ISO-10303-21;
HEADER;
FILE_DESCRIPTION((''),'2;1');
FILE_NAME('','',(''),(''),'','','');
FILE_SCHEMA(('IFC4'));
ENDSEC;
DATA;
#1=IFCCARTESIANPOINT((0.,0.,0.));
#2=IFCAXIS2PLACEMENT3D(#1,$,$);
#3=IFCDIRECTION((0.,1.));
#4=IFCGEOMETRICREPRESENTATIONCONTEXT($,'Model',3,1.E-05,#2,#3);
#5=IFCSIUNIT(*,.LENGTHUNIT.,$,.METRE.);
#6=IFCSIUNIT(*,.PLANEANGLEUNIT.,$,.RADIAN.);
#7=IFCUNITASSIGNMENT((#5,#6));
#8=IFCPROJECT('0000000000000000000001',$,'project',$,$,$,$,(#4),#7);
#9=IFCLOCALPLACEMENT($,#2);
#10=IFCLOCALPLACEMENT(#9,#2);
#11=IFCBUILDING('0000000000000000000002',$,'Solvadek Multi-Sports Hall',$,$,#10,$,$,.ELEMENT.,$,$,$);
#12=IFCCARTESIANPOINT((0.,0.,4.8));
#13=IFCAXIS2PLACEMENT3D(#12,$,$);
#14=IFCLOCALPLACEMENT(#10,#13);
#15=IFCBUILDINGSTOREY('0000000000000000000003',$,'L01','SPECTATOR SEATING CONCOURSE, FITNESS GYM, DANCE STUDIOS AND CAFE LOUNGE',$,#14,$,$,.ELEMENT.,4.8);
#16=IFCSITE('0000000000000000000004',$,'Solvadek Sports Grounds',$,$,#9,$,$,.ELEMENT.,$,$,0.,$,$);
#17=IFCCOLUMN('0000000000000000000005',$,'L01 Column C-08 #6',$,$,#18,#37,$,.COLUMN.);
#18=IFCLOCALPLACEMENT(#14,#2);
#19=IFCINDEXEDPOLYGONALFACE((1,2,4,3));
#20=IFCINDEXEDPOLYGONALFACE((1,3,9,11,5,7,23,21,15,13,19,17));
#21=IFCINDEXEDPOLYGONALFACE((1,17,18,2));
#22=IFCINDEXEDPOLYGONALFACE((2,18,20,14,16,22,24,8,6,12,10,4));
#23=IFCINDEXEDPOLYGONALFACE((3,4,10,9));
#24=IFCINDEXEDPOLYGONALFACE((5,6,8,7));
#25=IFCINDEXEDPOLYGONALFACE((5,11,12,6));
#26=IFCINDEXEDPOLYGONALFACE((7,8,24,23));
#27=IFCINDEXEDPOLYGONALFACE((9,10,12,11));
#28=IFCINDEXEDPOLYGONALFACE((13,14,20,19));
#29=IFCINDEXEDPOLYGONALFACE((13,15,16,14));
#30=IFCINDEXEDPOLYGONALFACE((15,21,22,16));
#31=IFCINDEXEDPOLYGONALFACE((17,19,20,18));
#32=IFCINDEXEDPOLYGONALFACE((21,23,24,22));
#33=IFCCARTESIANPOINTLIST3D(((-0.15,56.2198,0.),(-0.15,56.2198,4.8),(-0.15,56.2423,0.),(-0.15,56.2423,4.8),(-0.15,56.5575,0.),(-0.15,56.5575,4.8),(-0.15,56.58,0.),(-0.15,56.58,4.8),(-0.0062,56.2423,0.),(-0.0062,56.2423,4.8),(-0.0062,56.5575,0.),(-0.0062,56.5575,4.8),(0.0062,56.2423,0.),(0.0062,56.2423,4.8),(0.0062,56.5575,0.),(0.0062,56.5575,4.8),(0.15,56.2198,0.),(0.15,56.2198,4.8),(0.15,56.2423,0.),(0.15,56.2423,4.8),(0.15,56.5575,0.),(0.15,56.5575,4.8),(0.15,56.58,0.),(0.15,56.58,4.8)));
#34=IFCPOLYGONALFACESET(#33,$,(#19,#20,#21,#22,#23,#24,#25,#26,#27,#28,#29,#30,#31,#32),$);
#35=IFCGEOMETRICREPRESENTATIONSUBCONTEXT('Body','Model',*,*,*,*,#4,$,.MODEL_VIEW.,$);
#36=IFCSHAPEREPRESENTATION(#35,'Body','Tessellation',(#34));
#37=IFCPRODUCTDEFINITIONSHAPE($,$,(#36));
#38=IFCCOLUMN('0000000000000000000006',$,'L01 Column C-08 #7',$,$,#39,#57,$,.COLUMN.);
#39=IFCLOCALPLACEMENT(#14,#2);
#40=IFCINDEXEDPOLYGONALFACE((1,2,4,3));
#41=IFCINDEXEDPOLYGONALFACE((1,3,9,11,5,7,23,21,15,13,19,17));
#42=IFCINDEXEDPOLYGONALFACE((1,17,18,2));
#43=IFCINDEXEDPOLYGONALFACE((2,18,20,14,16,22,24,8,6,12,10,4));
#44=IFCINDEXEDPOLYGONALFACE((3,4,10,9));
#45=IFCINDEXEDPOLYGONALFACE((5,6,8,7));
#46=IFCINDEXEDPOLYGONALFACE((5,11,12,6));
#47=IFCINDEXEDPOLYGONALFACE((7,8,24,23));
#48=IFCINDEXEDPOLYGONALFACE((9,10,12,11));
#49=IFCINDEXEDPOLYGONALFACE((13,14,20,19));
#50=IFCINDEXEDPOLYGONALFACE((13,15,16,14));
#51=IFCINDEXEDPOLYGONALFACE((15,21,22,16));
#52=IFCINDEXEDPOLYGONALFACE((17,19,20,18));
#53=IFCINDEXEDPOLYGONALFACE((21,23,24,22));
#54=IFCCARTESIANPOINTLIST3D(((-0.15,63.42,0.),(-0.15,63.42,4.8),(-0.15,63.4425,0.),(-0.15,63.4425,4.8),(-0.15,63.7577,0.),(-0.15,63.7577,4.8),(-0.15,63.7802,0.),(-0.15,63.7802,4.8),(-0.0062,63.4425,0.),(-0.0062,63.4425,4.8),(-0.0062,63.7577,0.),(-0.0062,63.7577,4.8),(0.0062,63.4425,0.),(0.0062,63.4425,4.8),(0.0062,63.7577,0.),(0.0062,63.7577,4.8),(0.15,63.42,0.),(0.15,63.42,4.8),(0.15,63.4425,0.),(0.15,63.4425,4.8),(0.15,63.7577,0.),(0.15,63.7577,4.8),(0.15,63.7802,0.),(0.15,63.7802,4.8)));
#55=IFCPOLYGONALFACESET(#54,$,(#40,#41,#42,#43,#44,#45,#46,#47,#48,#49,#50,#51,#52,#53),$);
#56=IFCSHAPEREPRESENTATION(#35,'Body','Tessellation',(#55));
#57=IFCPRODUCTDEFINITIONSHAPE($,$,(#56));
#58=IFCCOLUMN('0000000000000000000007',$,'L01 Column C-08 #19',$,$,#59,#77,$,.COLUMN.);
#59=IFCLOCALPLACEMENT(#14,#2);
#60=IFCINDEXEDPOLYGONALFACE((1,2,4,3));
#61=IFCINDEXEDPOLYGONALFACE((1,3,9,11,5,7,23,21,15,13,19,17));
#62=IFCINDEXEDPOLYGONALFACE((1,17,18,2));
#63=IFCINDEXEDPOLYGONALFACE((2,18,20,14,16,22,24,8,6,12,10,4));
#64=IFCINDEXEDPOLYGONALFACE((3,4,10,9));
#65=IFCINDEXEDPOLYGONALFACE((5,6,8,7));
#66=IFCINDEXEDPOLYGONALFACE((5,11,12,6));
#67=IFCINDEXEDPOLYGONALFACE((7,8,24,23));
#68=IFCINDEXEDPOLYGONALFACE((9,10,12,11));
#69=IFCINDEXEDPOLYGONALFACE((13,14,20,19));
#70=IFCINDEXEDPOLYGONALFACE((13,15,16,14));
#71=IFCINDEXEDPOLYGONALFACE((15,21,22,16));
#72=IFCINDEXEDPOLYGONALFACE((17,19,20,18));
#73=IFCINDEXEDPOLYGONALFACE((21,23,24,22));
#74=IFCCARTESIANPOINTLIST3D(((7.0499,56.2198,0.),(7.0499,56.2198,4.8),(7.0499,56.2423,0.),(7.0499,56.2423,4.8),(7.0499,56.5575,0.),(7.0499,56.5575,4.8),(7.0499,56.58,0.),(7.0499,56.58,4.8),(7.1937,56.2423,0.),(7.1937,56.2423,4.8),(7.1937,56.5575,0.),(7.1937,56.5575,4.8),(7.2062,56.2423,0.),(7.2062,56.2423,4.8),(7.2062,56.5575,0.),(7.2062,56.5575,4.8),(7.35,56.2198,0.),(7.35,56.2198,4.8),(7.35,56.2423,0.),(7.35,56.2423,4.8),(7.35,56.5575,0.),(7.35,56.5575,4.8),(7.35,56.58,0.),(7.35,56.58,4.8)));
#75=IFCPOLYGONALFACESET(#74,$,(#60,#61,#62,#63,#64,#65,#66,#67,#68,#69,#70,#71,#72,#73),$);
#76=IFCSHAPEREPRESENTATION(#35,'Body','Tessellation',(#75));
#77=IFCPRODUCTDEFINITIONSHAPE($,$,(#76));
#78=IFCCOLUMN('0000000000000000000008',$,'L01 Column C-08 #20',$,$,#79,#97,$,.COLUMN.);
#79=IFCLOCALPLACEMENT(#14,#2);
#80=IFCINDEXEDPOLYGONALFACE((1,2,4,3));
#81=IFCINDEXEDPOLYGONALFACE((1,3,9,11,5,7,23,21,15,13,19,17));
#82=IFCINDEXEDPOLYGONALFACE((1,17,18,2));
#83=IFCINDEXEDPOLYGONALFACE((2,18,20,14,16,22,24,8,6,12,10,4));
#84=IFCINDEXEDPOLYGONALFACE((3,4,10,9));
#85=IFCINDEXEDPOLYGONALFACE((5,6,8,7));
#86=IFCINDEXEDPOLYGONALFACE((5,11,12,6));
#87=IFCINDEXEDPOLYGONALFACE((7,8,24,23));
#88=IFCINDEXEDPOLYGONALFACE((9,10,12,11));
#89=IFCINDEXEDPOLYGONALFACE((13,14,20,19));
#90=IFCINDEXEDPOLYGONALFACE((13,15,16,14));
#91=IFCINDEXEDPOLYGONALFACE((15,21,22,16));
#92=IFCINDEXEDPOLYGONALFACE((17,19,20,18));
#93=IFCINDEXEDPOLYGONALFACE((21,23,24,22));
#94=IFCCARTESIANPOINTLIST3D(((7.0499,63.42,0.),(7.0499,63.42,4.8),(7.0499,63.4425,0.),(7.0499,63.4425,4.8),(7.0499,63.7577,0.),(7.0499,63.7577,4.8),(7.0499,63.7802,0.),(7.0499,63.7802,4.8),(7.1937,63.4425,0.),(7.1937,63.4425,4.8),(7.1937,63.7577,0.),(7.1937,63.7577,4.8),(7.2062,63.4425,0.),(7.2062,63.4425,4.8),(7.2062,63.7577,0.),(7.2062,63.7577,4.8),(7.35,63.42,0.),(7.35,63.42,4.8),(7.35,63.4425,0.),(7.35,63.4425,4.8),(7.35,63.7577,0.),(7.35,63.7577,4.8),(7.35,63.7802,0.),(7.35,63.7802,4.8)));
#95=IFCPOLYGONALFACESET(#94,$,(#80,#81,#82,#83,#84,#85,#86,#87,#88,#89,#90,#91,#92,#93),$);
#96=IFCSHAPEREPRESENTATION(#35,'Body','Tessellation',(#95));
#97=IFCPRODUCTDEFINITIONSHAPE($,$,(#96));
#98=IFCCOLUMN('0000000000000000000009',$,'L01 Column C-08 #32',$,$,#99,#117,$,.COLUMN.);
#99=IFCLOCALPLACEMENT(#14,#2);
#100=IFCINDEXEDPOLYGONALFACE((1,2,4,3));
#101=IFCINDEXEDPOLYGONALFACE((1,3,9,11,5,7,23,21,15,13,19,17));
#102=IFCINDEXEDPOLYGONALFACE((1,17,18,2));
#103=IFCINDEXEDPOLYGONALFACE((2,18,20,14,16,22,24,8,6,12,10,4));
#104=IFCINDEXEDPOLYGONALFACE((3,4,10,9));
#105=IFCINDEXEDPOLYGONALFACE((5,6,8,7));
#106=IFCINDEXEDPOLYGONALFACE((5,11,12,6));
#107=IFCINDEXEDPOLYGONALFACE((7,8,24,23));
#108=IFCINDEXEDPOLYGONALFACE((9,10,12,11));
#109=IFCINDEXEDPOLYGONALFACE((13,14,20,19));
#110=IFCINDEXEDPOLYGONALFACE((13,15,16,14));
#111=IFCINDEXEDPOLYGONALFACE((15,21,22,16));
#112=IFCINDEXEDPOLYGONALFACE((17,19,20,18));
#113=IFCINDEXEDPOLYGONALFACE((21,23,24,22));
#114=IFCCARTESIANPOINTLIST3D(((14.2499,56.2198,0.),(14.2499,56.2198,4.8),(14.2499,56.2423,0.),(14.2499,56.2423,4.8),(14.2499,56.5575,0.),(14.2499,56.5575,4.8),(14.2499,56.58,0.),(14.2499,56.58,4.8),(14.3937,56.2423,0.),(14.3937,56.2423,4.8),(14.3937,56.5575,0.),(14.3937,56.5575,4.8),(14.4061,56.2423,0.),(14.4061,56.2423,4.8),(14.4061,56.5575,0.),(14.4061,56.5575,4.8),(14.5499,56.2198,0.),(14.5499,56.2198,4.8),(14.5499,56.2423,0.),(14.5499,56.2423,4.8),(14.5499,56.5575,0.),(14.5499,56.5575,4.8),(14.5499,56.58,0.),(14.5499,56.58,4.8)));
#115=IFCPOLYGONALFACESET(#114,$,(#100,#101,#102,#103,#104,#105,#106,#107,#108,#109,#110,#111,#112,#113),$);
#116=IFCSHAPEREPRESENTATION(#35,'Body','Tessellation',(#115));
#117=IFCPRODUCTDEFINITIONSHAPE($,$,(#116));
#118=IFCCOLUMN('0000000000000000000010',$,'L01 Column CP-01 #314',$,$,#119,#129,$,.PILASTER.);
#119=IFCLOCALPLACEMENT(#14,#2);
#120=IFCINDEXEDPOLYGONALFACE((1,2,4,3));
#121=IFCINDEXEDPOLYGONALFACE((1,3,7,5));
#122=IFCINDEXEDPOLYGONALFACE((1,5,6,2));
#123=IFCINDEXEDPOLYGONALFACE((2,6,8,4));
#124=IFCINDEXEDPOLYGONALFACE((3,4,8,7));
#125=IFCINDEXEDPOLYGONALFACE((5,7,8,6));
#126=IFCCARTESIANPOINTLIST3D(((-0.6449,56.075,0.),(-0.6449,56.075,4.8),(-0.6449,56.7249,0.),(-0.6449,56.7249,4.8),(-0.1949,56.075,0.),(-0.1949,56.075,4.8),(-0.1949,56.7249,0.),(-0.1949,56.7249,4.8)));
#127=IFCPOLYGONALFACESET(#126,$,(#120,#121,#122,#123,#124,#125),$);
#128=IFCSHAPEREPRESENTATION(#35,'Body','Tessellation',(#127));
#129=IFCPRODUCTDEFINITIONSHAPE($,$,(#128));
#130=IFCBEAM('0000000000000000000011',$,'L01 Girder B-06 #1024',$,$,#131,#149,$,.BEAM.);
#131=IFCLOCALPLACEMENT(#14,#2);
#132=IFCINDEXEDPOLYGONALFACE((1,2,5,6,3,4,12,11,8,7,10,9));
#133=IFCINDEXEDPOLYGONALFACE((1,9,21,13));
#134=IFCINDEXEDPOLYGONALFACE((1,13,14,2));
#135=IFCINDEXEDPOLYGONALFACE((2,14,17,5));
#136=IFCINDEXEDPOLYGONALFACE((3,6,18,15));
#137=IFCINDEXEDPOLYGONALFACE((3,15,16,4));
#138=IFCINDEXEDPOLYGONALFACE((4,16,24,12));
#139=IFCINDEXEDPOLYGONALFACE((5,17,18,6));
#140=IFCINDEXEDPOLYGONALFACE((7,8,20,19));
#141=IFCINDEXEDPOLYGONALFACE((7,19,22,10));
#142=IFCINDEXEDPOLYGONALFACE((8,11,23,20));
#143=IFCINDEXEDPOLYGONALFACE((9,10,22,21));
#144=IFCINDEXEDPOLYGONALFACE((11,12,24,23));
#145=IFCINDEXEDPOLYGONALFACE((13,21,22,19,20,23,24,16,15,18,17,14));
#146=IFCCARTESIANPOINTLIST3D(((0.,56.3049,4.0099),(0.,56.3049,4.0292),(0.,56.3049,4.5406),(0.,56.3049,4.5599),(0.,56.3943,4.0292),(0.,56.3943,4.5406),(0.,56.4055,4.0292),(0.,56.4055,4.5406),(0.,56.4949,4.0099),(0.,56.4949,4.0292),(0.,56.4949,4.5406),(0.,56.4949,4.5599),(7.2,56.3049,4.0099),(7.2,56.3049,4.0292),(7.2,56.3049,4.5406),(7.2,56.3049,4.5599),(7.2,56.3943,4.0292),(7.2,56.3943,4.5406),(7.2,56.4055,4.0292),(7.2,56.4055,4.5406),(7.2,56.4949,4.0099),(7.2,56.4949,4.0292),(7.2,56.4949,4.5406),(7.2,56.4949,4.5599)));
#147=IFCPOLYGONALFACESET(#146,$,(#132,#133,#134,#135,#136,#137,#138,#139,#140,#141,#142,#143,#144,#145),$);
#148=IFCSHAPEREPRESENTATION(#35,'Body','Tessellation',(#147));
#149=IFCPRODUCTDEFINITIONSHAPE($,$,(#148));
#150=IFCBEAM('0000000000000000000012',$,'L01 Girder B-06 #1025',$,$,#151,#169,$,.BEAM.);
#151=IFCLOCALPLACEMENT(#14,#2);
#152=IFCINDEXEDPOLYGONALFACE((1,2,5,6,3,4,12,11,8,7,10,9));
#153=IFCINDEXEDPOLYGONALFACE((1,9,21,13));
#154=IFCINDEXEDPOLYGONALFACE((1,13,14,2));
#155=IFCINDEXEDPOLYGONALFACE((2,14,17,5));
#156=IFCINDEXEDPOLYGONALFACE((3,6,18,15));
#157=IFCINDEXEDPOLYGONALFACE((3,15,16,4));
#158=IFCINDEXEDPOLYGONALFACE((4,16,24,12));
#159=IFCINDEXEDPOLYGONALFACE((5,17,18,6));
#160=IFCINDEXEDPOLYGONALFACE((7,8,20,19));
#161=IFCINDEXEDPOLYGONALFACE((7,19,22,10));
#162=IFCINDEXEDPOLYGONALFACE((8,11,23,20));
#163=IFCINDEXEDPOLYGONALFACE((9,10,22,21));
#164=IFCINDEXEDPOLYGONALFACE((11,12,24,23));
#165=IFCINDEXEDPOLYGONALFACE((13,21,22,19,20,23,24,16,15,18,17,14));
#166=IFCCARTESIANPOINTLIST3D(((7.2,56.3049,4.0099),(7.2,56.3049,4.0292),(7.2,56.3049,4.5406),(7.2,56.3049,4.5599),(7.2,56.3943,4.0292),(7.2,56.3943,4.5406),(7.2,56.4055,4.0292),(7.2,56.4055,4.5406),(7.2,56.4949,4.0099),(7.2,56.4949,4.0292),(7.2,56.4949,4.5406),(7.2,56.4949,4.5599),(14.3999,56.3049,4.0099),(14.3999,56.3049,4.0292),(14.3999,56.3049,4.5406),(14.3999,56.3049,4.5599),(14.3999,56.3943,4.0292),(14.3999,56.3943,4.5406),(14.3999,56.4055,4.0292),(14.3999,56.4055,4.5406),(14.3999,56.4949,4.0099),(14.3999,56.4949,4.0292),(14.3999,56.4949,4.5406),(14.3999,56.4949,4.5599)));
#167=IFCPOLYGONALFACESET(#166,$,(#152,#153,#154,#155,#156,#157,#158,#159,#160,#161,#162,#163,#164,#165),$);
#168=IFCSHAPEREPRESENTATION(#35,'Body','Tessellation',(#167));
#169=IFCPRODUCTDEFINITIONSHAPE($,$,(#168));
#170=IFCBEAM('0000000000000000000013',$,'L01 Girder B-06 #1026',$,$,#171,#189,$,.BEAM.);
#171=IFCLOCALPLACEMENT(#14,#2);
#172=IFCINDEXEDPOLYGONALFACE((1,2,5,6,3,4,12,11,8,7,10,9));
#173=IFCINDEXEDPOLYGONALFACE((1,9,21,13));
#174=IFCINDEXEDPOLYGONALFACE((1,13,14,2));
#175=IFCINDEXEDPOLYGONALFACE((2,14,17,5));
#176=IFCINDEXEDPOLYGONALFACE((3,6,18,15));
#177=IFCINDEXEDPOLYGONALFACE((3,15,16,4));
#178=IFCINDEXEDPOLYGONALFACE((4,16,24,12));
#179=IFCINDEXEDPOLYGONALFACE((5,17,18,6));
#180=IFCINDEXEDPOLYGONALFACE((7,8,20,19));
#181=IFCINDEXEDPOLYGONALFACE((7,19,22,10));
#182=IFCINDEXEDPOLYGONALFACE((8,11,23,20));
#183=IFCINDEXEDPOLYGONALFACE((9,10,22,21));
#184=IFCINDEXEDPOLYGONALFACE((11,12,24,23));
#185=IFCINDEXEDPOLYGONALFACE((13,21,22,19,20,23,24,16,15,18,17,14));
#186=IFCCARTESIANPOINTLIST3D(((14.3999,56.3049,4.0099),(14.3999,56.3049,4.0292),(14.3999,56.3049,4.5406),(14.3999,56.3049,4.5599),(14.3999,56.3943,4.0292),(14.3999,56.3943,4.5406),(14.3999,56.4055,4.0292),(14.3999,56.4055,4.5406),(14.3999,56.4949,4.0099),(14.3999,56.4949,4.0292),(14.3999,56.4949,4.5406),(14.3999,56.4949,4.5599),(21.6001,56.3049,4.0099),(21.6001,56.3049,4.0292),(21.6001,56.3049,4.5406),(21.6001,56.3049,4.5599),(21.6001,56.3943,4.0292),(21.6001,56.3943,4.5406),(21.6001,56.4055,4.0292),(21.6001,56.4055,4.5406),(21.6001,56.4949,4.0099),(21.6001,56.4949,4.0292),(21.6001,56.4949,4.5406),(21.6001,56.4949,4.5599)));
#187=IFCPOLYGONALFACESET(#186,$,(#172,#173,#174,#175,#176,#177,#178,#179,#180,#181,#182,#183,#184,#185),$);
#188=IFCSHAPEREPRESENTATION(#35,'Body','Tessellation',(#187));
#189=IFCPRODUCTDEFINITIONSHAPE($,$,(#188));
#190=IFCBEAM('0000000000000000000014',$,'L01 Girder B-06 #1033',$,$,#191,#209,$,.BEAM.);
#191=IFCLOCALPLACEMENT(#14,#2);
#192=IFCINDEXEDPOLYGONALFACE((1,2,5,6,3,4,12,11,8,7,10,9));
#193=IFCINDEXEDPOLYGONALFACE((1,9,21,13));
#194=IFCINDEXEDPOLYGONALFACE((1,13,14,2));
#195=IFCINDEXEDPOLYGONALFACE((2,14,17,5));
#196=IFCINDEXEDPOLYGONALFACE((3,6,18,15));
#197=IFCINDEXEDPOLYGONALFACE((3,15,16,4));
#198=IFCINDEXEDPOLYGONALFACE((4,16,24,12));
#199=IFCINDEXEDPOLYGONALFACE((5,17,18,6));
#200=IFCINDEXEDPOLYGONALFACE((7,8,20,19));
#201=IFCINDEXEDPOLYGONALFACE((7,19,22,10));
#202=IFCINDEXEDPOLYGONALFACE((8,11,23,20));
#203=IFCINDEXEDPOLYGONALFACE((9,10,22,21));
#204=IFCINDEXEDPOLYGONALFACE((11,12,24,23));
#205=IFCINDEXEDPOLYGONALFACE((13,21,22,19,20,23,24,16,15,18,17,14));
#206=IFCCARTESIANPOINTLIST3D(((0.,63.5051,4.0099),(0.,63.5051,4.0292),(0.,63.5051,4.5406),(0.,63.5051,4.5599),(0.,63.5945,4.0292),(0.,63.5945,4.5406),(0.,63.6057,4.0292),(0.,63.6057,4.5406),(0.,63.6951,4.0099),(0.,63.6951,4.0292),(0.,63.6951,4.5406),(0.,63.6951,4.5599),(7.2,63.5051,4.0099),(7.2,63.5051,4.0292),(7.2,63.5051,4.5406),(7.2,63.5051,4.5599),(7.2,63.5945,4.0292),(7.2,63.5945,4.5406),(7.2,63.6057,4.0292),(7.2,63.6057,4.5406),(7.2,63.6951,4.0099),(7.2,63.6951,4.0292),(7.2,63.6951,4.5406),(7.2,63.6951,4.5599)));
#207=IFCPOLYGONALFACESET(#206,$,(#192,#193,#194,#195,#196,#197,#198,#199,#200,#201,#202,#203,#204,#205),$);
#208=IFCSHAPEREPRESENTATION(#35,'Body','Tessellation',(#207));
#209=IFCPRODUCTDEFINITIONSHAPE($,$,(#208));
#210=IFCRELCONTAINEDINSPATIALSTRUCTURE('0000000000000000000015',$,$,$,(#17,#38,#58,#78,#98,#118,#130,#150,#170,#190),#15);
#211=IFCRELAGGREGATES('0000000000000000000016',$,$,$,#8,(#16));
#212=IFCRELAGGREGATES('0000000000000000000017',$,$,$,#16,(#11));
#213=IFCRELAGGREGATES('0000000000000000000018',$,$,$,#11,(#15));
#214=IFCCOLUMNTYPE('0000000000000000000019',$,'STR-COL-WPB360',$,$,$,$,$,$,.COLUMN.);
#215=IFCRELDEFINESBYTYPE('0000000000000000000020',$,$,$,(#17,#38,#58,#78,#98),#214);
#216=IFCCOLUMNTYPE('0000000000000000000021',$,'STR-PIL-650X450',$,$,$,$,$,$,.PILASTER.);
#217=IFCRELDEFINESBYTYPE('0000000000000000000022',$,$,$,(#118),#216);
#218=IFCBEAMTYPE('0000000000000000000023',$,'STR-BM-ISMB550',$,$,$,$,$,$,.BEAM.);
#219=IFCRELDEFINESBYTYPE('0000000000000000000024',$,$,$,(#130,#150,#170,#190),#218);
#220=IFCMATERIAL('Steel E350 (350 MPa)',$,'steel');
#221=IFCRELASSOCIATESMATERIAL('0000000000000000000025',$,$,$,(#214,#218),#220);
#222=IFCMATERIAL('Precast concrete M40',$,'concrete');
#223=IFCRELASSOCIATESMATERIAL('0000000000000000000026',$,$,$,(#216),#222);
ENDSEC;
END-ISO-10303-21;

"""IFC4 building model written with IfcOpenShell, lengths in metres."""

from ifc_helpers import new_model, si_unit, direction, frame, origin, origin_2d, place, context, subcontext, project, spatial, rectangle, i_section, extrude, material, material_profile, profile_set, type_object, element, save


model = new_model("IFC4")

# Units and contexts
model_context = context("Model", 3, precision=1e-05, world=origin(), true_north=direction((0.0, 1.0)))
body_context = subcontext(model_context, "Body", "Model", "MODEL_VIEW")
ifc_project = project(units=[si_unit("LENGTHUNIT", "METRE"), si_unit("PLANEANGLEUNIT", "RADIAN")], contexts=[model_context])

# Site, building, storey
site_placement = place(None, origin())
site = spatial("IfcSite", under=ifc_project, at=site_placement, Name="Solvadek Sports Grounds", CompositionType="ELEMENT", RefElevation=0.0)
building_placement = place(site_placement, origin())
building = spatial("IfcBuilding", under=site, at=building_placement, Name="Solvadek Multi-Sports Hall", CompositionType="ELEMENT")
storey_placement = place(building_placement, frame((0.0, 0.0, 4.8)))
storey = spatial("IfcBuildingStorey", under=building, at=storey_placement, Name="L01", Description="SPECTATOR SEATING CONCOURSE, FITNESS GYM, DANCE STUDIOS AND CAFE LOUNGE", CompositionType="ELEMENT", Elevation=4.8)

# Columns
ifc_material_1 = material(Name="Steel E350 (350 MPa)", Category="steel")
ifc_material_profile_1 = material_profile(ifc_material_1, i_section(OverallWidth=0.3, OverallDepth=0.3601, WebThickness=0.0125, FlangeThickness=0.0225, at=origin_2d()), Name="WPB 360")
ifc_profile_set_1 = profile_set([ifc_material_profile_1], Name="Steel E350 (350 MPa)")
column_type_1 = type_object("IfcColumnType", Name="STR-COL-WPB360", PredefinedType="COLUMN", material=ifc_profile_set_1)
for number, where, z_axis, x_axis, name in (
    (1, (0.0, 56.3999, 0.0), (0.0, 0.0, 1.0), (1.0, 0.0, 0.0), "L01 Column C-08 #6"),
    (2, (0.0, 63.6001, 0.0), (0.0, 0.0, 1.0), (1.0, 0.0, 0.0), "L01 Column C-08 #7"),
    (3, (7.2, 56.3999, 0.0), (0.0, 0.0, 1.0), (1.0, 0.0, 0.0), "L01 Column C-08 #19"),
    (4, (7.2, 63.6001, 0.0), (0.0, 0.0, 1.0), (1.0, 0.0, 0.0), "L01 Column C-08 #20"),
    (5, (14.3999, 56.3999, 0.0), (0.0, 0.0, 1.0), (1.0, 0.0, 0.0), "L01 Column C-08 #32"),
):
    element("IfcColumn", number, at=place(storey_placement, frame(where, z_axis=z_axis, x_axis=x_axis)), inside=storey, type_object=column_type_1, Name=name, PredefinedType="COLUMN", context=body_context, shape_type="SweptSolid", body=[
        extrude(i_section(OverallWidth=0.3, OverallDepth=0.3601, WebThickness=0.0125, FlangeThickness=0.0225, at=origin_2d()), origin(), (0.0, 0.0, 1.0), 4.8),
    ])
ifc_material_2 = material(Name="Precast concrete M40", Category="concrete")
ifc_material_profile_2 = material_profile(ifc_material_2, rectangle(XDim=0.45, YDim=0.6499, at=origin_2d()), Name="RC PILASTER 650x450")
ifc_profile_set_2 = profile_set([ifc_material_profile_2], Name="Precast concrete M40")
column_type_2 = type_object("IfcColumnType", Name="STR-PIL-650X450", PredefinedType="PILASTER", material=ifc_profile_set_2)
column_placement = place(storey_placement, frame((-0.4199, 56.3999, 0.0), z_axis=(0.0, 0.0, 1.0), x_axis=(1.0, 0.0, 0.0)))
element("IfcColumn", 6, at=column_placement, inside=storey, type_object=column_type_2, Name="L01 Column CP-01 #314", PredefinedType="PILASTER", context=body_context, shape_type="SweptSolid", body=[
    extrude(rectangle(XDim=0.45, YDim=0.6499, at=origin_2d()), origin(), (0.0, 0.0, 1.0), 4.8),
])

# Beams
ifc_material_profile_3 = material_profile(ifc_material_1, i_section(OverallWidth=0.1899, OverallDepth=0.55, WebThickness=0.0112, FlangeThickness=0.0193, at=origin_2d()), Name="ISMB 550")
ifc_profile_set_3 = profile_set([ifc_material_profile_3], Name="Steel E350 (350 MPa)")
beam_type_1 = type_object("IfcBeamType", Name="STR-BM-ISMB550", PredefinedType="BEAM", material=ifc_profile_set_3)
for number, where, z_axis, x_axis, name in (
    (7, (0.0, 56.3999, 4.2849), (1.0, 0.0, 0.0), (0.0, 1.0, 0.0), "L01 Girder B-06 #1024"),
    (8, (7.2, 56.3999, 4.2849), (1.0, 0.0, 0.0), (0.0, 1.0, 0.0), "L01 Girder B-06 #1025"),
):
    element("IfcBeam", number, at=place(storey_placement, frame(where, z_axis=z_axis, x_axis=x_axis)), inside=storey, type_object=beam_type_1, Name=name, PredefinedType="BEAM", context=body_context, shape_type="SweptSolid", body=[
        extrude(i_section(OverallWidth=0.1899, OverallDepth=0.55, WebThickness=0.0112, FlangeThickness=0.0193, at=origin_2d()), origin(), (0.0, 0.0, 1.0), 7.2),
    ])
beam_1_placement = place(storey_placement, frame((14.3999, 56.3999, 4.2849), z_axis=(1.0, 0.0, 0.0), x_axis=(0.0, 1.0, 0.0)))
element("IfcBeam", 9, at=beam_1_placement, inside=storey, type_object=beam_type_1, Name="L01 Girder B-06 #1026", PredefinedType="BEAM", context=body_context, shape_type="SweptSolid", body=[
    extrude(i_section(OverallWidth=0.1899, OverallDepth=0.55, WebThickness=0.0112, FlangeThickness=0.0193, at=origin_2d()), origin(), (0.0, 0.0, 1.0), 7.2002),
])
for number, where, z_axis, x_axis, name in (
    (10, (0.0, 63.6001, 4.2849), (1.0, 0.0, 0.0), (0.0, 1.0, 0.0), "L01 Girder B-06 #1033"),
):
    element("IfcBeam", number, at=place(storey_placement, frame(where, z_axis=z_axis, x_axis=x_axis)), inside=storey, type_object=beam_type_1, Name=name, PredefinedType="BEAM", context=body_context, shape_type="SweptSolid", body=[
        extrude(i_section(OverallWidth=0.1899, OverallDepth=0.55, WebThickness=0.0112, FlangeThickness=0.0193, at=origin_2d()), origin(), (0.0, 0.0, 1.0), 7.2),
    ])

save(model, "model.ifc")
